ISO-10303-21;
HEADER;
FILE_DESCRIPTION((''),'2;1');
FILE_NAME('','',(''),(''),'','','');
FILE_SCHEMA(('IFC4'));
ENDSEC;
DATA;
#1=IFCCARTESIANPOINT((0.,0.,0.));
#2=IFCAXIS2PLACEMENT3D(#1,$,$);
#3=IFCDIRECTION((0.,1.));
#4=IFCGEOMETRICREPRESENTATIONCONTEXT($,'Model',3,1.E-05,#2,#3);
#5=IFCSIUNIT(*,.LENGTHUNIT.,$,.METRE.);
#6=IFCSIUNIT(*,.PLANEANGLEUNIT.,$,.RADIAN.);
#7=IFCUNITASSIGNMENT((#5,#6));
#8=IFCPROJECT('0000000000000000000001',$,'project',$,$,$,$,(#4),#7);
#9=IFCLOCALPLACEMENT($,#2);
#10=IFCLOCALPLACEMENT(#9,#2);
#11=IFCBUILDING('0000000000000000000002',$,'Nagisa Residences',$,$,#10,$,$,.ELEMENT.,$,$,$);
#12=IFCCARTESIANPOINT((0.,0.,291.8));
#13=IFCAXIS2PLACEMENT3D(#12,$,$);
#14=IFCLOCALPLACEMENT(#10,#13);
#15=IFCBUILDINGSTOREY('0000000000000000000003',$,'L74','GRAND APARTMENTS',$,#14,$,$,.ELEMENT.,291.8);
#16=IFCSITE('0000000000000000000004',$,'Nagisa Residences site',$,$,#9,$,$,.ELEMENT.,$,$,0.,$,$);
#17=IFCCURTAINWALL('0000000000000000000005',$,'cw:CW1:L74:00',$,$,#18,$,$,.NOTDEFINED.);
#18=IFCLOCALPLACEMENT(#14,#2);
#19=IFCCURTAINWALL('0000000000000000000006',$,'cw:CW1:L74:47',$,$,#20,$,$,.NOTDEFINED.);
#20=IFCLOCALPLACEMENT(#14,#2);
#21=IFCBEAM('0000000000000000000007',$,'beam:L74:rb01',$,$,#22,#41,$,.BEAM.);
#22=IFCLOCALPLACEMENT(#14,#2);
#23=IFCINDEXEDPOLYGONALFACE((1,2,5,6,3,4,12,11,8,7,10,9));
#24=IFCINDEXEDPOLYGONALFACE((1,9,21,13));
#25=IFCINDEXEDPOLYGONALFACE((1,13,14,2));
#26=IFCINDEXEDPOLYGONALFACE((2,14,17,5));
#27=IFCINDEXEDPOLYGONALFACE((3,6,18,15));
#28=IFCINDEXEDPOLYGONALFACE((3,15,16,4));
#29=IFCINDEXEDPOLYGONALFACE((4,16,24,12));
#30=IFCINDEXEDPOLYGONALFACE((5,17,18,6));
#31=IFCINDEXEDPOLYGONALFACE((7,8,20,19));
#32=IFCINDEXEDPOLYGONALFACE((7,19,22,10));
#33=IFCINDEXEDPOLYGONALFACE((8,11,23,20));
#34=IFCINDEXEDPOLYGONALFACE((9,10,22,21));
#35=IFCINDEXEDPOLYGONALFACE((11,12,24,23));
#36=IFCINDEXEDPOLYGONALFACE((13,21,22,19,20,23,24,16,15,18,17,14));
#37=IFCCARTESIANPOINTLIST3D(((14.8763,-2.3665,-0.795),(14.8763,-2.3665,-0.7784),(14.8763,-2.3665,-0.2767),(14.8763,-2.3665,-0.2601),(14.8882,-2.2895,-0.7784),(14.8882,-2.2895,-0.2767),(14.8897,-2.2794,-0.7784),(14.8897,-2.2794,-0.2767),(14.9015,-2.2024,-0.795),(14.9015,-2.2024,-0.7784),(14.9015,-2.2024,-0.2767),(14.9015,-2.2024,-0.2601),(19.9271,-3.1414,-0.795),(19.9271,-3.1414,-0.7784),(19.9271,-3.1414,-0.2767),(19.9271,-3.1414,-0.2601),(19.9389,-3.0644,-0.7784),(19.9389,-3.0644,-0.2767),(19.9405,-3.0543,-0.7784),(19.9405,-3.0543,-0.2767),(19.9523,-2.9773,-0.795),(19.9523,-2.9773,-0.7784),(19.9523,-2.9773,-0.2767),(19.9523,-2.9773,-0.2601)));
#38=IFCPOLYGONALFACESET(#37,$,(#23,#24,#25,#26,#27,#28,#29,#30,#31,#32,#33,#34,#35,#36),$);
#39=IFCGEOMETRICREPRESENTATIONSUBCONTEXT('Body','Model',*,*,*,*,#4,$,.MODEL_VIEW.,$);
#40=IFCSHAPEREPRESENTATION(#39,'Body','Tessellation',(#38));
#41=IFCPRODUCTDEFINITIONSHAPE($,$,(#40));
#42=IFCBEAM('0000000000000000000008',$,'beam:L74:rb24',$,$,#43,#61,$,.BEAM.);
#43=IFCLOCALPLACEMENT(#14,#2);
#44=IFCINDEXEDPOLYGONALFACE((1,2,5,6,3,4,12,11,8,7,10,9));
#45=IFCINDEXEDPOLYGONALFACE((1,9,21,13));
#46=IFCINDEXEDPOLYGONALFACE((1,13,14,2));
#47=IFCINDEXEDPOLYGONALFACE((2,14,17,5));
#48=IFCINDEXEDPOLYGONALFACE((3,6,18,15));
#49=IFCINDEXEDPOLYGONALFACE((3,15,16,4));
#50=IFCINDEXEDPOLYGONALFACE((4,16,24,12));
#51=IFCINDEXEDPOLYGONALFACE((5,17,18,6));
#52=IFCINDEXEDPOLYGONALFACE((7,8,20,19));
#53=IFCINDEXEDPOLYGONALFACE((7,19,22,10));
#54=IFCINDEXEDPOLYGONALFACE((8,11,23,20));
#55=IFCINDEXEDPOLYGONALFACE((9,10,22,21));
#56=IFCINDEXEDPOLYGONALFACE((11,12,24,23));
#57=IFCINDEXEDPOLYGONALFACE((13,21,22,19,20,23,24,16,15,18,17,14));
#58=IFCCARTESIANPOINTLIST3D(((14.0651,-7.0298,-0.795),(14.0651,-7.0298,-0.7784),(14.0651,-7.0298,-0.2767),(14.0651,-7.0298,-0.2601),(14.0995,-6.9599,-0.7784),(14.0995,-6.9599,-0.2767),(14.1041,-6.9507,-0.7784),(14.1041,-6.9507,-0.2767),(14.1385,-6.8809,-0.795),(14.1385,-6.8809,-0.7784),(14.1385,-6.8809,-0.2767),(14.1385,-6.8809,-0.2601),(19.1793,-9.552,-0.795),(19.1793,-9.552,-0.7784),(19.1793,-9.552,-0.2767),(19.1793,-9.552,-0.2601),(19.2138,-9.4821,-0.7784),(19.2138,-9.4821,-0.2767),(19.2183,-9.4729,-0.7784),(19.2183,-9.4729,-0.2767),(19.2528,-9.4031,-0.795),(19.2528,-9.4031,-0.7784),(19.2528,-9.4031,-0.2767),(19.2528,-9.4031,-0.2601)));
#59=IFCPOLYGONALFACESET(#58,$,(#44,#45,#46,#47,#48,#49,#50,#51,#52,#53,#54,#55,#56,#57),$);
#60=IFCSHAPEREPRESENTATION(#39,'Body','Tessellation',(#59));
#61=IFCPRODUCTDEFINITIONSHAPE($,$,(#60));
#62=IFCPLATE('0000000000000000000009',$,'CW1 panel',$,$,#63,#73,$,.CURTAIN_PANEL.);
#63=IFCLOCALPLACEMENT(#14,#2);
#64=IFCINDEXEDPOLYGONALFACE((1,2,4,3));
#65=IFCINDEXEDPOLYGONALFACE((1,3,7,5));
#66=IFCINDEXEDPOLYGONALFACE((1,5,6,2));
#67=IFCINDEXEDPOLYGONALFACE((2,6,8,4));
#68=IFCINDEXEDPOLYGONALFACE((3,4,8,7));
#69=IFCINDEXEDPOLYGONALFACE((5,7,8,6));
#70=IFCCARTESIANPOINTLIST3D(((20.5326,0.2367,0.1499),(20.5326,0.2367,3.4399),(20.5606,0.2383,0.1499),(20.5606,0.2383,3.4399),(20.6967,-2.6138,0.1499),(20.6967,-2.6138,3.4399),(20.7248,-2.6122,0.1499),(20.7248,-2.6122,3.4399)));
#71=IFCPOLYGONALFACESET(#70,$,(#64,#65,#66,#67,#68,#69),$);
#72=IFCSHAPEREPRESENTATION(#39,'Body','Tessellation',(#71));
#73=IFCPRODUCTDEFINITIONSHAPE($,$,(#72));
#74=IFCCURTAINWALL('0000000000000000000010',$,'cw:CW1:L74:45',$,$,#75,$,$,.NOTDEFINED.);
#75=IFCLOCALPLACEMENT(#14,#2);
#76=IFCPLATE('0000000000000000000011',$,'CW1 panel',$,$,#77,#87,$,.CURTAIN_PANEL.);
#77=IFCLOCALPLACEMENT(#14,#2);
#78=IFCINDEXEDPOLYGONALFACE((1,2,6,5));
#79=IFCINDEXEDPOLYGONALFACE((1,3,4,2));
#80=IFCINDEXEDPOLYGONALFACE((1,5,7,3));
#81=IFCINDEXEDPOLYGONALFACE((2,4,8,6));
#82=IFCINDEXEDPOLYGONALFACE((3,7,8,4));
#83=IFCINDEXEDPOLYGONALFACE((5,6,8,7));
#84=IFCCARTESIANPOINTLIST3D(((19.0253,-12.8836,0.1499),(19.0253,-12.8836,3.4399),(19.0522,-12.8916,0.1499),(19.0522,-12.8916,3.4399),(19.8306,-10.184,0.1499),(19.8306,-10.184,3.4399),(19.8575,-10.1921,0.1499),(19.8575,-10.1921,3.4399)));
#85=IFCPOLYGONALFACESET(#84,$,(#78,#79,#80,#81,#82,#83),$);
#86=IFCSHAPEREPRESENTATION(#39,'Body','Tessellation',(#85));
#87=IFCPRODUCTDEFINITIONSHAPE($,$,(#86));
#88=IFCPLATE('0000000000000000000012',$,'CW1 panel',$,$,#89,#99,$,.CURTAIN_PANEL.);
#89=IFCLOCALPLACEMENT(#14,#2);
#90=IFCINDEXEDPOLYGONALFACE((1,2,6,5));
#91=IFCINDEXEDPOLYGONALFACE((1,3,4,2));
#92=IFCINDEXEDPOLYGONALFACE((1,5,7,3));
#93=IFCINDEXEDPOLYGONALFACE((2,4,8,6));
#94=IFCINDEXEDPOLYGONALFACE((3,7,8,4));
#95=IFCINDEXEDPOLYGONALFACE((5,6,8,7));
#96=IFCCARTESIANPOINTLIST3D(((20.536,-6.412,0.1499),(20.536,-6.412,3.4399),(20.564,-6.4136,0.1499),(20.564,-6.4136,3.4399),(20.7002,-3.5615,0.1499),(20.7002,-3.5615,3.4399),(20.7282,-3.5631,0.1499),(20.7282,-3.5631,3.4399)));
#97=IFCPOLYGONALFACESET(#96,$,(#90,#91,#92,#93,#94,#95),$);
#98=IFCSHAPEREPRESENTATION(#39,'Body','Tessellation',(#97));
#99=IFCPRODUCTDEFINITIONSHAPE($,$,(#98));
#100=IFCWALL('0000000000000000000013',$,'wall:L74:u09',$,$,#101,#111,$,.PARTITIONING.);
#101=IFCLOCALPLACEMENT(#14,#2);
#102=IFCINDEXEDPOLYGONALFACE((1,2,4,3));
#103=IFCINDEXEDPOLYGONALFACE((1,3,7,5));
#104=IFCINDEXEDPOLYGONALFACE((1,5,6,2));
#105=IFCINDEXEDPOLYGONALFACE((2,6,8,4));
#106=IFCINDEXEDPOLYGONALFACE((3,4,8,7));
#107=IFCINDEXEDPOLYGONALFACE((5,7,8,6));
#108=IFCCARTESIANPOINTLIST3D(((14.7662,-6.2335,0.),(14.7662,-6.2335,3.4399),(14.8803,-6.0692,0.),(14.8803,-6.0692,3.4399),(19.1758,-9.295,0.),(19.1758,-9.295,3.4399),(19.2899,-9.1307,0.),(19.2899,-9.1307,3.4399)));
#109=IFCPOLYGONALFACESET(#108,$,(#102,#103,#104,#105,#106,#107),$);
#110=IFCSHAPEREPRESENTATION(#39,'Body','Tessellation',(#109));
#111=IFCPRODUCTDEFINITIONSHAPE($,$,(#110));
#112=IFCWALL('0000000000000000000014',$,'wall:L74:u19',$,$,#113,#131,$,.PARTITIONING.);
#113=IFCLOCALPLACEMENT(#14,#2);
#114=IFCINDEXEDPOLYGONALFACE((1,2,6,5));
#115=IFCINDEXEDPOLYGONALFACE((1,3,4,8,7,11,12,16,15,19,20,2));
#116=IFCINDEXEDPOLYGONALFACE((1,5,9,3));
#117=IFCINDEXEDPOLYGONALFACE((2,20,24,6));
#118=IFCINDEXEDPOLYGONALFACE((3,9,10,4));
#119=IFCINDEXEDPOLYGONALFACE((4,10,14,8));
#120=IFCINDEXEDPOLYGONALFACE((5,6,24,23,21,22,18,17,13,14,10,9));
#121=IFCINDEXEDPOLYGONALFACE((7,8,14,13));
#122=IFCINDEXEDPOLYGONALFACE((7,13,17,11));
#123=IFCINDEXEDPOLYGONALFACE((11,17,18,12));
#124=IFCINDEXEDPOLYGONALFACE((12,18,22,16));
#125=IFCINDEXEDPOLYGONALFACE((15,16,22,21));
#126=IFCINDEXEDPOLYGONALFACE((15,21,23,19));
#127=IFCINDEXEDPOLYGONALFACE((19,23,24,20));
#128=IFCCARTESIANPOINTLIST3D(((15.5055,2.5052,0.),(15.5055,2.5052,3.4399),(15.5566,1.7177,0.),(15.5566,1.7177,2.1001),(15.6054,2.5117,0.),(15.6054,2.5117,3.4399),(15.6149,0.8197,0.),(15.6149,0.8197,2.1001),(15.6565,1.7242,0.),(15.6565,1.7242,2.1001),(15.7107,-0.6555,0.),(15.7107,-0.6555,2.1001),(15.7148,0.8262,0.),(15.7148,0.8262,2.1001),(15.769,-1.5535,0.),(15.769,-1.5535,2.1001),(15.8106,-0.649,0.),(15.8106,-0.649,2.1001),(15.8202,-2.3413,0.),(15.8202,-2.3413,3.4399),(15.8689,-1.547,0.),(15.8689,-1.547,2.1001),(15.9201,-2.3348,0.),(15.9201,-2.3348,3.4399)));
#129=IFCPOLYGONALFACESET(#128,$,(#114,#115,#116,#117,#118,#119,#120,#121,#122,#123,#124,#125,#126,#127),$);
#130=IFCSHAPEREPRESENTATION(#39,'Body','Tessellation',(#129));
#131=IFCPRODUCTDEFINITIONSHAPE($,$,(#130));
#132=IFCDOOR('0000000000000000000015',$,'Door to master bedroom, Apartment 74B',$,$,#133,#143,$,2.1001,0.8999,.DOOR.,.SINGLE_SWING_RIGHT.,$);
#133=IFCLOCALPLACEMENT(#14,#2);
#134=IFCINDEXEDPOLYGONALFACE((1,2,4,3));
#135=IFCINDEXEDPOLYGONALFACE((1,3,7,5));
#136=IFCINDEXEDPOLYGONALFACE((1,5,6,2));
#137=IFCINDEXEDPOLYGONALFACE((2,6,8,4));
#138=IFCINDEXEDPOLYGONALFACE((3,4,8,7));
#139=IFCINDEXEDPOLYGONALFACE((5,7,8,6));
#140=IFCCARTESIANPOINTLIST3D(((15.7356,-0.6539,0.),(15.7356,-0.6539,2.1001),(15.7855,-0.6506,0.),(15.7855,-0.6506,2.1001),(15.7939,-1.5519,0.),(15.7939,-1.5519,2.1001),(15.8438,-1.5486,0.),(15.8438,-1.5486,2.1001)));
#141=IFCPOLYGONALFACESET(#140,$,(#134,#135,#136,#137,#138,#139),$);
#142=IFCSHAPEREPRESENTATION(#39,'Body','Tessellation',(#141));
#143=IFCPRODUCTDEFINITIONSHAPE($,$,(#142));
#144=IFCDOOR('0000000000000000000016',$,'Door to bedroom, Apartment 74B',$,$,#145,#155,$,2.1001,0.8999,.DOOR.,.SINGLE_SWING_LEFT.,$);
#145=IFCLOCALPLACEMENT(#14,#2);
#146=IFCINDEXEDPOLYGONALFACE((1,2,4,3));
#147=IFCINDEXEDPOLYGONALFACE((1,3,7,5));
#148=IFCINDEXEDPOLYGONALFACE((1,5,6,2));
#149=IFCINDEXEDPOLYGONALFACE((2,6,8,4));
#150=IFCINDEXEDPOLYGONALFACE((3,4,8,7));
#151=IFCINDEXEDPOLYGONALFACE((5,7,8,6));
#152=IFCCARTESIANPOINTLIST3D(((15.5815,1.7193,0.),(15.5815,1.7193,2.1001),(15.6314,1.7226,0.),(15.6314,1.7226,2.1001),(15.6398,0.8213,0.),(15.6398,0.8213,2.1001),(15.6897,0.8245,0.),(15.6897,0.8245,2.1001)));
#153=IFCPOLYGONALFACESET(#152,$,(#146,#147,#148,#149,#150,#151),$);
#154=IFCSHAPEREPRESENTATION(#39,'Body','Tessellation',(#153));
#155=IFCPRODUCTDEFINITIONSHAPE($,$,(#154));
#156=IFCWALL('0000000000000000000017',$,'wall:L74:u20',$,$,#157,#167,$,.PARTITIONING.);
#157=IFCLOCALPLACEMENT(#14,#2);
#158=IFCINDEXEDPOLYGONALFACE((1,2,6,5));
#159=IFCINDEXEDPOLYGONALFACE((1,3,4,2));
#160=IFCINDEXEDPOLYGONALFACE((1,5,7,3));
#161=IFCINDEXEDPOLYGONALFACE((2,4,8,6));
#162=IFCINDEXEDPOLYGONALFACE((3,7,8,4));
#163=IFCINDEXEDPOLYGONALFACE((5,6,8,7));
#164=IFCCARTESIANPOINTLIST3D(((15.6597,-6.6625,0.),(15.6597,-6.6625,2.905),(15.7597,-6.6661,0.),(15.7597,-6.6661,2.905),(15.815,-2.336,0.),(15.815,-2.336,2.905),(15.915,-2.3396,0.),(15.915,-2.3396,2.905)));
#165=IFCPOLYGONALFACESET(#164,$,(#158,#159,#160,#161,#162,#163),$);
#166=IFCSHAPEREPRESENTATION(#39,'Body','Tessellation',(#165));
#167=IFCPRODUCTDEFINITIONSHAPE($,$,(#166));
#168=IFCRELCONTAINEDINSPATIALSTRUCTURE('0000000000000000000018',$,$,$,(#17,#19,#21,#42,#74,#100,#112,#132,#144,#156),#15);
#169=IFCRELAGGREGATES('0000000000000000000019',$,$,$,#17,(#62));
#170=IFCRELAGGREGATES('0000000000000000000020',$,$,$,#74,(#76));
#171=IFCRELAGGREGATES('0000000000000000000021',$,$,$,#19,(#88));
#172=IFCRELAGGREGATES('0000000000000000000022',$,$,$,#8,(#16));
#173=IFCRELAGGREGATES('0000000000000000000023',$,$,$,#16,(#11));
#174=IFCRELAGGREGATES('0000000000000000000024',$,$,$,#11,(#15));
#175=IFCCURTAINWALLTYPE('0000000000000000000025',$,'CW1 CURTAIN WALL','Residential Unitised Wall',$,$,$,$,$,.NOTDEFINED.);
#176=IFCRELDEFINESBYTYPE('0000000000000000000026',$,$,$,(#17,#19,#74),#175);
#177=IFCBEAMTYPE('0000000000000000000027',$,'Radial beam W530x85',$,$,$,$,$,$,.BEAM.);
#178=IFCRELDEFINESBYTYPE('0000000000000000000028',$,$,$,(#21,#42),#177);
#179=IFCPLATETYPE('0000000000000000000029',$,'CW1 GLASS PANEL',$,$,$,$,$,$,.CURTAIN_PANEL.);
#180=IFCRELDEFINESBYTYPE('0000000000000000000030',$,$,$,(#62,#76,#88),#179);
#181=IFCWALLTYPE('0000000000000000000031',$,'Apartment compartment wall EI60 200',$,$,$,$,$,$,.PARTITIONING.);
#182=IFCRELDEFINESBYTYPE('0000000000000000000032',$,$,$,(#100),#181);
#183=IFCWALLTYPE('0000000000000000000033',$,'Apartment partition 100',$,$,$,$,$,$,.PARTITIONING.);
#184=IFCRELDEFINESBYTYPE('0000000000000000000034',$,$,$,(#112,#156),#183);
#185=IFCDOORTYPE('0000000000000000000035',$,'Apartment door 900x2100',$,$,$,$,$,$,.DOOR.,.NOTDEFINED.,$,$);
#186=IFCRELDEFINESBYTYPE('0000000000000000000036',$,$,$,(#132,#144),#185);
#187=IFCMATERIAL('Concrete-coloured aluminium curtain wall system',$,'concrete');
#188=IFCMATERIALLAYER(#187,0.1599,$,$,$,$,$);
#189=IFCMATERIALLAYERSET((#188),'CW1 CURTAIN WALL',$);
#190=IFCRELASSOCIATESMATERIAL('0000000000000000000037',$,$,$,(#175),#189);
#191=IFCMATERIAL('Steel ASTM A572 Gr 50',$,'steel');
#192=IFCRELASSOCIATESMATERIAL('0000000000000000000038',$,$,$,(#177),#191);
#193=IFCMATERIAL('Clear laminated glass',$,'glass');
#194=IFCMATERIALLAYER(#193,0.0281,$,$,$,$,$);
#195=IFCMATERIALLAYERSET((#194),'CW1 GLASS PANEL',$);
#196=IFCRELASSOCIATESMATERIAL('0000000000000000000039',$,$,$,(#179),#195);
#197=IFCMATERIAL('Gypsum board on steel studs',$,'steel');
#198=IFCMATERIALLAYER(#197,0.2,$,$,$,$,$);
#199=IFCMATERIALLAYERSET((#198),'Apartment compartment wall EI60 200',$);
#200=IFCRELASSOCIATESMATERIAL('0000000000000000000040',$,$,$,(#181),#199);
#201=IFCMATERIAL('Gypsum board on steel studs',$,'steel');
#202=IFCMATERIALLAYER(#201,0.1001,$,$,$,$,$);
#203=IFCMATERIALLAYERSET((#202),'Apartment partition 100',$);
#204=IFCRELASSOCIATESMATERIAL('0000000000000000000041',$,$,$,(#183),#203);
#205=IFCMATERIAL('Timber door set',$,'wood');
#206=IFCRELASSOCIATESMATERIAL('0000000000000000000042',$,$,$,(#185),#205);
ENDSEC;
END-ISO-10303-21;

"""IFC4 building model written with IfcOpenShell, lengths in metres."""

from ifc_helpers import new_model, si_unit, direction, frame, frame_2d, origin, origin_2d, place, context, subcontext, project, spatial, rectangle, i_section, extrude, material, layer, layer_set, material_profile, profile_set, type_object, element, fill, aggregate, save


model = new_model("IFC4")

# Units and contexts
model_context = context("Model", 3, precision=1e-05, world=origin(), true_north=direction((0.0, 1.0)))
body_context = subcontext(model_context, "Body", "Model", "MODEL_VIEW")
ifc_project = project(units=[si_unit("LENGTHUNIT", "METRE"), si_unit("PLANEANGLEUNIT", "RADIAN")], contexts=[model_context])

# Site, building, storey
site_placement = place(None, origin())
site = spatial("IfcSite", under=ifc_project, at=site_placement, Name="Nagisa Residences site", CompositionType="ELEMENT", RefElevation=0.0)
building_placement = place(site_placement, origin())
building = spatial("IfcBuilding", under=site, at=building_placement, Name="Nagisa Residences", CompositionType="ELEMENT")
storey_placement = place(building_placement, frame((0.0, 0.0, 291.8)))
storey = spatial("IfcBuildingStorey", under=building, at=storey_placement, Name="L74", Description="GRAND APARTMENTS", CompositionType="ELEMENT", Elevation=291.8)

# Curtain walls
ifc_material_1 = material(Name="Concrete-coloured aluminium curtain wall system", Category="concrete")
ifc_layer_1 = layer(ifc_material_1, 0.1599)
ifc_layer_set_1 = layer_set([ifc_layer_1], Name="CW1 CURTAIN WALL")
curtain_wall_type = type_object("IfcCurtainWallType", Name="CW1 CURTAIN WALL", Description="Residential Unitised Wall", PredefinedType="NOTDEFINED", material=ifc_layer_set_1)
curtain_wall_1_placement = place(storey_placement, origin())
curtain_wall_1 = element("IfcCurtainWall", 1, at=curtain_wall_1_placement, inside=storey, type_object=curtain_wall_type, Name="cw:CW1:L74:00", PredefinedType="NOTDEFINED")
curtain_wall_2_placement = place(storey_placement, origin())
curtain_wall_2 = element("IfcCurtainWall", 2, at=curtain_wall_2_placement, inside=storey, type_object=curtain_wall_type, Name="cw:CW1:L74:47", PredefinedType="NOTDEFINED")

# Beams
ifc_material_2 = material(Name="Steel ASTM A572 Gr 50", Category="steel")
ifc_material_profile_1 = material_profile(ifc_material_2, i_section(OverallWidth=0.166, OverallDepth=0.5349, WebThickness=0.0103, FlangeThickness=0.0166, at=origin_2d()), Name="W530x85")
ifc_profile_set_1 = profile_set([ifc_material_profile_1], Name="Steel ASTM A572 Gr 50")
beam_type_1 = type_object("IfcBeamType", Name="Radial beam W530x85", PredefinedType="BEAM", material=ifc_profile_set_1)
beam_1_placement = place(storey_placement, frame((19.9397, -3.0593, -0.5276), z_axis=(-0.988435, 0.151648, 0.0), x_axis=(-0.151648, -0.988435, 0.0)))
element("IfcBeam", 3, at=beam_1_placement, inside=storey, type_object=beam_type_1, Name="beam:L74:rb01", PredefinedType="BEAM", context=body_context, shape_type="SweptSolid", body=[
    extrude(i_section(OverallWidth=0.166, OverallDepth=0.5349, WebThickness=0.0103, FlangeThickness=0.0166, at=origin_2d()), origin(), (0.0, 0.0, 1.0), 5.1099),
])
beam_2_placement = place(storey_placement, frame((19.2161, -9.4775, -0.5276), z_axis=(-0.896863, 0.442309, 0.0), x_axis=(-0.442309, -0.896863, 0.0)))
element("IfcBeam", 4, at=beam_2_placement, inside=storey, type_object=beam_type_1, Name="beam:L74:rb24", PredefinedType="BEAM", context=body_context, shape_type="SweptSolid", body=[
    extrude(i_section(OverallWidth=0.166, OverallDepth=0.5349, WebThickness=0.0103, FlangeThickness=0.0166, at=origin_2d()), origin(), (0.0, 0.0, 1.0), 5.7024),
])

# Plate
ifc_material_3 = material(Name="Clear laminated glass", Category="glass")
ifc_layer_2 = layer(ifc_material_3, 0.0281)
ifc_layer_set_2 = layer_set([ifc_layer_2], Name="CW1 GLASS PANEL")
plate_type = type_object("IfcPlateType", Name="CW1 GLASS PANEL", PredefinedType="CURTAIN_PANEL", material=ifc_layer_set_2)
plate_1_placement = place(storey_placement, frame((20.6287, -1.1877, 0.1499), z_axis=(0.0, 0.0, 1.0), x_axis=(-0.057503, 0.998345, 0.0)))
plate_1 = element("IfcPlate", 5, at=plate_1_placement, type_object=plate_type, Name="CW1 panel", PredefinedType="CURTAIN_PANEL", context=body_context, shape_type="SweptSolid", body=[
    extrude(rectangle(XDim=2.8552, YDim=0.0281, at=origin_2d()), origin(), (0.0, 0.0, 1.0), 3.29),
])
aggregate(curtain_wall_1, [plate_1])

# Curtain wall, plate
curtain_wall_3_placement = place(storey_placement, origin())
curtain_wall_3 = element("IfcCurtainWall", 6, at=curtain_wall_3_placement, inside=storey, type_object=curtain_wall_type, Name="cw:CW1:L74:45", PredefinedType="NOTDEFINED")
plate_2_placement = place(storey_placement, frame((19.4414, -11.5378, 0.1499), z_axis=(0.0, 0.0, 1.0), x_axis=(0.28586, 0.958271, 0.0)))
plate_2 = element("IfcPlate", 7, at=plate_2_placement, type_object=plate_type, Name="CW1 panel", PredefinedType="CURTAIN_PANEL", context=body_context, shape_type="SweptSolid", body=[
    extrude(rectangle(XDim=2.8171, YDim=0.0281, at=origin_2d()), origin(), (0.0, 0.0, 1.0), 3.29),
])
aggregate(curtain_wall_3, [plate_2])

# Plate
plate_3_placement = place(storey_placement, frame((20.6321, -4.9875, 0.1499), z_axis=(0.0, 0.0, 1.0), x_axis=(0.057503, 0.998345, 0.0)))
plate_3 = element("IfcPlate", 8, at=plate_3_placement, type_object=plate_type, Name="CW1 panel", PredefinedType="CURTAIN_PANEL", context=body_context, shape_type="SweptSolid", body=[
    extrude(rectangle(XDim=2.8552, YDim=0.0281, at=origin_2d()), origin(), (0.0, 0.0, 1.0), 3.29),
])
aggregate(curtain_wall_2, [plate_3])

# Wall
ifc_material_4 = material(Name="Gypsum board on steel studs", Category="steel")
ifc_layer_3 = layer(ifc_material_4, 0.2)
ifc_layer_set_3 = layer_set([ifc_layer_3], Name="Apartment compartment wall EI60 200")
wall_type_1 = type_object("IfcWallType", Name="Apartment compartment wall EI60 200", PredefinedType="PARTITIONING", material=ifc_layer_set_3)
wall_1_placement = place(storey_placement, frame((14.8232, -6.1514, 0.0), z_axis=(0.0, 0.0, 1.0), x_axis=(0.821435, -0.570302, 0.0)))
element("IfcWall", 9, at=wall_1_placement, inside=storey, type_object=wall_type_1, Name="wall:L74:u09", PredefinedType="PARTITIONING", context=body_context, shape_type="SweptSolid", body=[
    extrude(rectangle(XDim=5.3682, YDim=0.2, at=frame_2d((2.6841, 0.0))), origin(), (0.0, 0.0, 1.0), 3.4399),
])

# Wall, openings, doors
ifc_material_5 = material(Name="Gypsum board on steel studs", Category="steel")
ifc_layer_4 = layer(ifc_material_5, 0.1001)
ifc_layer_set_4 = layer_set([ifc_layer_4], Name="Apartment partition 100")
wall_type_2 = type_object("IfcWallType", Name="Apartment partition 100", PredefinedType="PARTITIONING", material=ifc_layer_set_4)
wall_2_placement = place(storey_placement, frame((15.8701, -2.3379, 0.0), z_axis=(0.0, 0.0, 1.0), x_axis=(-0.064797, 0.997898, 0.0)))
wall_2 = element("IfcWall", 10, at=wall_2_placement, inside=storey, type_object=wall_type_2, Name="wall:L74:u19", PredefinedType="PARTITIONING", context=body_context, shape_type="SweptSolid", body=[
    extrude(rectangle(XDim=4.8567, YDim=0.1001, at=frame_2d((2.4282, 0.0))), origin(), (0.0, 0.0, 1.0), 3.4399),
])
opening_1_placement = place(wall_2_placement, frame((0.7893, 0.0, 0.0)))
opening_1 = element("IfcOpeningElement", 11, at=opening_1_placement, cuts=wall_2, PredefinedType="OPENING", context=body_context, shape_type="SweptSolid", body=[
    extrude(rectangle(XDim=0.8999, YDim=2.1001, at=frame_2d((0.45, 1.05))), frame((0.0, 0.0601, 0.0), z_axis=(0.0, -1.0, 0.0), x_axis=(1.0, 0.0, 0.0)), (0.0, 0.0, 1.0), 0.1201),
])
opening_2_placement = place(wall_2_placement, frame((3.1675, 0.0, 0.0)))
opening_2 = element("IfcOpeningElement", 12, at=opening_2_placement, cuts=wall_2, PredefinedType="OPENING", context=body_context, shape_type="SweptSolid", body=[
    extrude(rectangle(XDim=0.8999, YDim=2.1001, at=frame_2d((0.45, 1.05))), frame((0.0, 0.0601, 0.0), z_axis=(0.0, -1.0, 0.0), x_axis=(1.0, 0.0, 0.0)), (0.0, 0.0, 1.0), 0.1201),
])
ifc_material_6 = material(Name="Timber door set", Category="wood")
door_type_1 = type_object("IfcDoorType", Name="Apartment door 900x2100", OperationType="NOTDEFINED", PredefinedType="DOOR", material=ifc_material_6)
door_1_placement = place(opening_1_placement, frame((0.8999, 0.0, 0.0), x_axis=(-1.0, 0.0, 0.0)))
door_1 = element("IfcDoor", 13, at=door_1_placement, inside=storey, type_object=door_type_1, Name="Door to master bedroom, Apartment 74B", OperationType="SINGLE_SWING_RIGHT", OverallHeight=2.1001, OverallWidth=0.8999, PredefinedType="DOOR", context=body_context, shape_type="SweptSolid", body=[
    extrude(rectangle(XDim=0.8999, YDim=2.1001, at=frame_2d((0.45, 1.05))), frame((0.0, 0.0249, 0.0), z_axis=(0.0, -1.0, 0.0), x_axis=(1.0, 0.0, 0.0)), (0.0, 0.0, 1.0), 0.05),
])
fill(opening_1, door_1)
door_2_placement = place(opening_2_placement, frame((0.8999, 0.0, 0.0), x_axis=(-1.0, 0.0, 0.0)))
door_2 = element("IfcDoor", 14, at=door_2_placement, inside=storey, type_object=door_type_1, Name="Door to bedroom, Apartment 74B", OperationType="SINGLE_SWING_LEFT", OverallHeight=2.1001, OverallWidth=0.8999, PredefinedType="DOOR", context=body_context, shape_type="SweptSolid", body=[
    extrude(rectangle(XDim=0.8999, YDim=2.1001, at=frame_2d((0.45, 1.05))), frame((0.0, 0.0249, 0.0), z_axis=(0.0, -1.0, 0.0), x_axis=(1.0, 0.0, 0.0)), (0.0, 0.0, 1.0), 0.05),
])
fill(opening_2, door_2)

# Wall
wall_3_placement = place(storey_placement, frame((15.865, -2.3379, 0.0), z_axis=(0.0, 0.0, 1.0), x_axis=(-0.035865, -0.999357, 0.0)))
element("IfcWall", 15, at=wall_3_placement, inside=storey, type_object=wall_type_2, Name="wall:L74:u20", PredefinedType="PARTITIONING", context=body_context, shape_type="SweptSolid", body=[
    extrude(rectangle(XDim=4.3293, YDim=0.1001, at=frame_2d((2.1646, 0.0))), origin(), (0.0, 0.0, 1.0), 2.905),
])

save(model, "model.ifc")
